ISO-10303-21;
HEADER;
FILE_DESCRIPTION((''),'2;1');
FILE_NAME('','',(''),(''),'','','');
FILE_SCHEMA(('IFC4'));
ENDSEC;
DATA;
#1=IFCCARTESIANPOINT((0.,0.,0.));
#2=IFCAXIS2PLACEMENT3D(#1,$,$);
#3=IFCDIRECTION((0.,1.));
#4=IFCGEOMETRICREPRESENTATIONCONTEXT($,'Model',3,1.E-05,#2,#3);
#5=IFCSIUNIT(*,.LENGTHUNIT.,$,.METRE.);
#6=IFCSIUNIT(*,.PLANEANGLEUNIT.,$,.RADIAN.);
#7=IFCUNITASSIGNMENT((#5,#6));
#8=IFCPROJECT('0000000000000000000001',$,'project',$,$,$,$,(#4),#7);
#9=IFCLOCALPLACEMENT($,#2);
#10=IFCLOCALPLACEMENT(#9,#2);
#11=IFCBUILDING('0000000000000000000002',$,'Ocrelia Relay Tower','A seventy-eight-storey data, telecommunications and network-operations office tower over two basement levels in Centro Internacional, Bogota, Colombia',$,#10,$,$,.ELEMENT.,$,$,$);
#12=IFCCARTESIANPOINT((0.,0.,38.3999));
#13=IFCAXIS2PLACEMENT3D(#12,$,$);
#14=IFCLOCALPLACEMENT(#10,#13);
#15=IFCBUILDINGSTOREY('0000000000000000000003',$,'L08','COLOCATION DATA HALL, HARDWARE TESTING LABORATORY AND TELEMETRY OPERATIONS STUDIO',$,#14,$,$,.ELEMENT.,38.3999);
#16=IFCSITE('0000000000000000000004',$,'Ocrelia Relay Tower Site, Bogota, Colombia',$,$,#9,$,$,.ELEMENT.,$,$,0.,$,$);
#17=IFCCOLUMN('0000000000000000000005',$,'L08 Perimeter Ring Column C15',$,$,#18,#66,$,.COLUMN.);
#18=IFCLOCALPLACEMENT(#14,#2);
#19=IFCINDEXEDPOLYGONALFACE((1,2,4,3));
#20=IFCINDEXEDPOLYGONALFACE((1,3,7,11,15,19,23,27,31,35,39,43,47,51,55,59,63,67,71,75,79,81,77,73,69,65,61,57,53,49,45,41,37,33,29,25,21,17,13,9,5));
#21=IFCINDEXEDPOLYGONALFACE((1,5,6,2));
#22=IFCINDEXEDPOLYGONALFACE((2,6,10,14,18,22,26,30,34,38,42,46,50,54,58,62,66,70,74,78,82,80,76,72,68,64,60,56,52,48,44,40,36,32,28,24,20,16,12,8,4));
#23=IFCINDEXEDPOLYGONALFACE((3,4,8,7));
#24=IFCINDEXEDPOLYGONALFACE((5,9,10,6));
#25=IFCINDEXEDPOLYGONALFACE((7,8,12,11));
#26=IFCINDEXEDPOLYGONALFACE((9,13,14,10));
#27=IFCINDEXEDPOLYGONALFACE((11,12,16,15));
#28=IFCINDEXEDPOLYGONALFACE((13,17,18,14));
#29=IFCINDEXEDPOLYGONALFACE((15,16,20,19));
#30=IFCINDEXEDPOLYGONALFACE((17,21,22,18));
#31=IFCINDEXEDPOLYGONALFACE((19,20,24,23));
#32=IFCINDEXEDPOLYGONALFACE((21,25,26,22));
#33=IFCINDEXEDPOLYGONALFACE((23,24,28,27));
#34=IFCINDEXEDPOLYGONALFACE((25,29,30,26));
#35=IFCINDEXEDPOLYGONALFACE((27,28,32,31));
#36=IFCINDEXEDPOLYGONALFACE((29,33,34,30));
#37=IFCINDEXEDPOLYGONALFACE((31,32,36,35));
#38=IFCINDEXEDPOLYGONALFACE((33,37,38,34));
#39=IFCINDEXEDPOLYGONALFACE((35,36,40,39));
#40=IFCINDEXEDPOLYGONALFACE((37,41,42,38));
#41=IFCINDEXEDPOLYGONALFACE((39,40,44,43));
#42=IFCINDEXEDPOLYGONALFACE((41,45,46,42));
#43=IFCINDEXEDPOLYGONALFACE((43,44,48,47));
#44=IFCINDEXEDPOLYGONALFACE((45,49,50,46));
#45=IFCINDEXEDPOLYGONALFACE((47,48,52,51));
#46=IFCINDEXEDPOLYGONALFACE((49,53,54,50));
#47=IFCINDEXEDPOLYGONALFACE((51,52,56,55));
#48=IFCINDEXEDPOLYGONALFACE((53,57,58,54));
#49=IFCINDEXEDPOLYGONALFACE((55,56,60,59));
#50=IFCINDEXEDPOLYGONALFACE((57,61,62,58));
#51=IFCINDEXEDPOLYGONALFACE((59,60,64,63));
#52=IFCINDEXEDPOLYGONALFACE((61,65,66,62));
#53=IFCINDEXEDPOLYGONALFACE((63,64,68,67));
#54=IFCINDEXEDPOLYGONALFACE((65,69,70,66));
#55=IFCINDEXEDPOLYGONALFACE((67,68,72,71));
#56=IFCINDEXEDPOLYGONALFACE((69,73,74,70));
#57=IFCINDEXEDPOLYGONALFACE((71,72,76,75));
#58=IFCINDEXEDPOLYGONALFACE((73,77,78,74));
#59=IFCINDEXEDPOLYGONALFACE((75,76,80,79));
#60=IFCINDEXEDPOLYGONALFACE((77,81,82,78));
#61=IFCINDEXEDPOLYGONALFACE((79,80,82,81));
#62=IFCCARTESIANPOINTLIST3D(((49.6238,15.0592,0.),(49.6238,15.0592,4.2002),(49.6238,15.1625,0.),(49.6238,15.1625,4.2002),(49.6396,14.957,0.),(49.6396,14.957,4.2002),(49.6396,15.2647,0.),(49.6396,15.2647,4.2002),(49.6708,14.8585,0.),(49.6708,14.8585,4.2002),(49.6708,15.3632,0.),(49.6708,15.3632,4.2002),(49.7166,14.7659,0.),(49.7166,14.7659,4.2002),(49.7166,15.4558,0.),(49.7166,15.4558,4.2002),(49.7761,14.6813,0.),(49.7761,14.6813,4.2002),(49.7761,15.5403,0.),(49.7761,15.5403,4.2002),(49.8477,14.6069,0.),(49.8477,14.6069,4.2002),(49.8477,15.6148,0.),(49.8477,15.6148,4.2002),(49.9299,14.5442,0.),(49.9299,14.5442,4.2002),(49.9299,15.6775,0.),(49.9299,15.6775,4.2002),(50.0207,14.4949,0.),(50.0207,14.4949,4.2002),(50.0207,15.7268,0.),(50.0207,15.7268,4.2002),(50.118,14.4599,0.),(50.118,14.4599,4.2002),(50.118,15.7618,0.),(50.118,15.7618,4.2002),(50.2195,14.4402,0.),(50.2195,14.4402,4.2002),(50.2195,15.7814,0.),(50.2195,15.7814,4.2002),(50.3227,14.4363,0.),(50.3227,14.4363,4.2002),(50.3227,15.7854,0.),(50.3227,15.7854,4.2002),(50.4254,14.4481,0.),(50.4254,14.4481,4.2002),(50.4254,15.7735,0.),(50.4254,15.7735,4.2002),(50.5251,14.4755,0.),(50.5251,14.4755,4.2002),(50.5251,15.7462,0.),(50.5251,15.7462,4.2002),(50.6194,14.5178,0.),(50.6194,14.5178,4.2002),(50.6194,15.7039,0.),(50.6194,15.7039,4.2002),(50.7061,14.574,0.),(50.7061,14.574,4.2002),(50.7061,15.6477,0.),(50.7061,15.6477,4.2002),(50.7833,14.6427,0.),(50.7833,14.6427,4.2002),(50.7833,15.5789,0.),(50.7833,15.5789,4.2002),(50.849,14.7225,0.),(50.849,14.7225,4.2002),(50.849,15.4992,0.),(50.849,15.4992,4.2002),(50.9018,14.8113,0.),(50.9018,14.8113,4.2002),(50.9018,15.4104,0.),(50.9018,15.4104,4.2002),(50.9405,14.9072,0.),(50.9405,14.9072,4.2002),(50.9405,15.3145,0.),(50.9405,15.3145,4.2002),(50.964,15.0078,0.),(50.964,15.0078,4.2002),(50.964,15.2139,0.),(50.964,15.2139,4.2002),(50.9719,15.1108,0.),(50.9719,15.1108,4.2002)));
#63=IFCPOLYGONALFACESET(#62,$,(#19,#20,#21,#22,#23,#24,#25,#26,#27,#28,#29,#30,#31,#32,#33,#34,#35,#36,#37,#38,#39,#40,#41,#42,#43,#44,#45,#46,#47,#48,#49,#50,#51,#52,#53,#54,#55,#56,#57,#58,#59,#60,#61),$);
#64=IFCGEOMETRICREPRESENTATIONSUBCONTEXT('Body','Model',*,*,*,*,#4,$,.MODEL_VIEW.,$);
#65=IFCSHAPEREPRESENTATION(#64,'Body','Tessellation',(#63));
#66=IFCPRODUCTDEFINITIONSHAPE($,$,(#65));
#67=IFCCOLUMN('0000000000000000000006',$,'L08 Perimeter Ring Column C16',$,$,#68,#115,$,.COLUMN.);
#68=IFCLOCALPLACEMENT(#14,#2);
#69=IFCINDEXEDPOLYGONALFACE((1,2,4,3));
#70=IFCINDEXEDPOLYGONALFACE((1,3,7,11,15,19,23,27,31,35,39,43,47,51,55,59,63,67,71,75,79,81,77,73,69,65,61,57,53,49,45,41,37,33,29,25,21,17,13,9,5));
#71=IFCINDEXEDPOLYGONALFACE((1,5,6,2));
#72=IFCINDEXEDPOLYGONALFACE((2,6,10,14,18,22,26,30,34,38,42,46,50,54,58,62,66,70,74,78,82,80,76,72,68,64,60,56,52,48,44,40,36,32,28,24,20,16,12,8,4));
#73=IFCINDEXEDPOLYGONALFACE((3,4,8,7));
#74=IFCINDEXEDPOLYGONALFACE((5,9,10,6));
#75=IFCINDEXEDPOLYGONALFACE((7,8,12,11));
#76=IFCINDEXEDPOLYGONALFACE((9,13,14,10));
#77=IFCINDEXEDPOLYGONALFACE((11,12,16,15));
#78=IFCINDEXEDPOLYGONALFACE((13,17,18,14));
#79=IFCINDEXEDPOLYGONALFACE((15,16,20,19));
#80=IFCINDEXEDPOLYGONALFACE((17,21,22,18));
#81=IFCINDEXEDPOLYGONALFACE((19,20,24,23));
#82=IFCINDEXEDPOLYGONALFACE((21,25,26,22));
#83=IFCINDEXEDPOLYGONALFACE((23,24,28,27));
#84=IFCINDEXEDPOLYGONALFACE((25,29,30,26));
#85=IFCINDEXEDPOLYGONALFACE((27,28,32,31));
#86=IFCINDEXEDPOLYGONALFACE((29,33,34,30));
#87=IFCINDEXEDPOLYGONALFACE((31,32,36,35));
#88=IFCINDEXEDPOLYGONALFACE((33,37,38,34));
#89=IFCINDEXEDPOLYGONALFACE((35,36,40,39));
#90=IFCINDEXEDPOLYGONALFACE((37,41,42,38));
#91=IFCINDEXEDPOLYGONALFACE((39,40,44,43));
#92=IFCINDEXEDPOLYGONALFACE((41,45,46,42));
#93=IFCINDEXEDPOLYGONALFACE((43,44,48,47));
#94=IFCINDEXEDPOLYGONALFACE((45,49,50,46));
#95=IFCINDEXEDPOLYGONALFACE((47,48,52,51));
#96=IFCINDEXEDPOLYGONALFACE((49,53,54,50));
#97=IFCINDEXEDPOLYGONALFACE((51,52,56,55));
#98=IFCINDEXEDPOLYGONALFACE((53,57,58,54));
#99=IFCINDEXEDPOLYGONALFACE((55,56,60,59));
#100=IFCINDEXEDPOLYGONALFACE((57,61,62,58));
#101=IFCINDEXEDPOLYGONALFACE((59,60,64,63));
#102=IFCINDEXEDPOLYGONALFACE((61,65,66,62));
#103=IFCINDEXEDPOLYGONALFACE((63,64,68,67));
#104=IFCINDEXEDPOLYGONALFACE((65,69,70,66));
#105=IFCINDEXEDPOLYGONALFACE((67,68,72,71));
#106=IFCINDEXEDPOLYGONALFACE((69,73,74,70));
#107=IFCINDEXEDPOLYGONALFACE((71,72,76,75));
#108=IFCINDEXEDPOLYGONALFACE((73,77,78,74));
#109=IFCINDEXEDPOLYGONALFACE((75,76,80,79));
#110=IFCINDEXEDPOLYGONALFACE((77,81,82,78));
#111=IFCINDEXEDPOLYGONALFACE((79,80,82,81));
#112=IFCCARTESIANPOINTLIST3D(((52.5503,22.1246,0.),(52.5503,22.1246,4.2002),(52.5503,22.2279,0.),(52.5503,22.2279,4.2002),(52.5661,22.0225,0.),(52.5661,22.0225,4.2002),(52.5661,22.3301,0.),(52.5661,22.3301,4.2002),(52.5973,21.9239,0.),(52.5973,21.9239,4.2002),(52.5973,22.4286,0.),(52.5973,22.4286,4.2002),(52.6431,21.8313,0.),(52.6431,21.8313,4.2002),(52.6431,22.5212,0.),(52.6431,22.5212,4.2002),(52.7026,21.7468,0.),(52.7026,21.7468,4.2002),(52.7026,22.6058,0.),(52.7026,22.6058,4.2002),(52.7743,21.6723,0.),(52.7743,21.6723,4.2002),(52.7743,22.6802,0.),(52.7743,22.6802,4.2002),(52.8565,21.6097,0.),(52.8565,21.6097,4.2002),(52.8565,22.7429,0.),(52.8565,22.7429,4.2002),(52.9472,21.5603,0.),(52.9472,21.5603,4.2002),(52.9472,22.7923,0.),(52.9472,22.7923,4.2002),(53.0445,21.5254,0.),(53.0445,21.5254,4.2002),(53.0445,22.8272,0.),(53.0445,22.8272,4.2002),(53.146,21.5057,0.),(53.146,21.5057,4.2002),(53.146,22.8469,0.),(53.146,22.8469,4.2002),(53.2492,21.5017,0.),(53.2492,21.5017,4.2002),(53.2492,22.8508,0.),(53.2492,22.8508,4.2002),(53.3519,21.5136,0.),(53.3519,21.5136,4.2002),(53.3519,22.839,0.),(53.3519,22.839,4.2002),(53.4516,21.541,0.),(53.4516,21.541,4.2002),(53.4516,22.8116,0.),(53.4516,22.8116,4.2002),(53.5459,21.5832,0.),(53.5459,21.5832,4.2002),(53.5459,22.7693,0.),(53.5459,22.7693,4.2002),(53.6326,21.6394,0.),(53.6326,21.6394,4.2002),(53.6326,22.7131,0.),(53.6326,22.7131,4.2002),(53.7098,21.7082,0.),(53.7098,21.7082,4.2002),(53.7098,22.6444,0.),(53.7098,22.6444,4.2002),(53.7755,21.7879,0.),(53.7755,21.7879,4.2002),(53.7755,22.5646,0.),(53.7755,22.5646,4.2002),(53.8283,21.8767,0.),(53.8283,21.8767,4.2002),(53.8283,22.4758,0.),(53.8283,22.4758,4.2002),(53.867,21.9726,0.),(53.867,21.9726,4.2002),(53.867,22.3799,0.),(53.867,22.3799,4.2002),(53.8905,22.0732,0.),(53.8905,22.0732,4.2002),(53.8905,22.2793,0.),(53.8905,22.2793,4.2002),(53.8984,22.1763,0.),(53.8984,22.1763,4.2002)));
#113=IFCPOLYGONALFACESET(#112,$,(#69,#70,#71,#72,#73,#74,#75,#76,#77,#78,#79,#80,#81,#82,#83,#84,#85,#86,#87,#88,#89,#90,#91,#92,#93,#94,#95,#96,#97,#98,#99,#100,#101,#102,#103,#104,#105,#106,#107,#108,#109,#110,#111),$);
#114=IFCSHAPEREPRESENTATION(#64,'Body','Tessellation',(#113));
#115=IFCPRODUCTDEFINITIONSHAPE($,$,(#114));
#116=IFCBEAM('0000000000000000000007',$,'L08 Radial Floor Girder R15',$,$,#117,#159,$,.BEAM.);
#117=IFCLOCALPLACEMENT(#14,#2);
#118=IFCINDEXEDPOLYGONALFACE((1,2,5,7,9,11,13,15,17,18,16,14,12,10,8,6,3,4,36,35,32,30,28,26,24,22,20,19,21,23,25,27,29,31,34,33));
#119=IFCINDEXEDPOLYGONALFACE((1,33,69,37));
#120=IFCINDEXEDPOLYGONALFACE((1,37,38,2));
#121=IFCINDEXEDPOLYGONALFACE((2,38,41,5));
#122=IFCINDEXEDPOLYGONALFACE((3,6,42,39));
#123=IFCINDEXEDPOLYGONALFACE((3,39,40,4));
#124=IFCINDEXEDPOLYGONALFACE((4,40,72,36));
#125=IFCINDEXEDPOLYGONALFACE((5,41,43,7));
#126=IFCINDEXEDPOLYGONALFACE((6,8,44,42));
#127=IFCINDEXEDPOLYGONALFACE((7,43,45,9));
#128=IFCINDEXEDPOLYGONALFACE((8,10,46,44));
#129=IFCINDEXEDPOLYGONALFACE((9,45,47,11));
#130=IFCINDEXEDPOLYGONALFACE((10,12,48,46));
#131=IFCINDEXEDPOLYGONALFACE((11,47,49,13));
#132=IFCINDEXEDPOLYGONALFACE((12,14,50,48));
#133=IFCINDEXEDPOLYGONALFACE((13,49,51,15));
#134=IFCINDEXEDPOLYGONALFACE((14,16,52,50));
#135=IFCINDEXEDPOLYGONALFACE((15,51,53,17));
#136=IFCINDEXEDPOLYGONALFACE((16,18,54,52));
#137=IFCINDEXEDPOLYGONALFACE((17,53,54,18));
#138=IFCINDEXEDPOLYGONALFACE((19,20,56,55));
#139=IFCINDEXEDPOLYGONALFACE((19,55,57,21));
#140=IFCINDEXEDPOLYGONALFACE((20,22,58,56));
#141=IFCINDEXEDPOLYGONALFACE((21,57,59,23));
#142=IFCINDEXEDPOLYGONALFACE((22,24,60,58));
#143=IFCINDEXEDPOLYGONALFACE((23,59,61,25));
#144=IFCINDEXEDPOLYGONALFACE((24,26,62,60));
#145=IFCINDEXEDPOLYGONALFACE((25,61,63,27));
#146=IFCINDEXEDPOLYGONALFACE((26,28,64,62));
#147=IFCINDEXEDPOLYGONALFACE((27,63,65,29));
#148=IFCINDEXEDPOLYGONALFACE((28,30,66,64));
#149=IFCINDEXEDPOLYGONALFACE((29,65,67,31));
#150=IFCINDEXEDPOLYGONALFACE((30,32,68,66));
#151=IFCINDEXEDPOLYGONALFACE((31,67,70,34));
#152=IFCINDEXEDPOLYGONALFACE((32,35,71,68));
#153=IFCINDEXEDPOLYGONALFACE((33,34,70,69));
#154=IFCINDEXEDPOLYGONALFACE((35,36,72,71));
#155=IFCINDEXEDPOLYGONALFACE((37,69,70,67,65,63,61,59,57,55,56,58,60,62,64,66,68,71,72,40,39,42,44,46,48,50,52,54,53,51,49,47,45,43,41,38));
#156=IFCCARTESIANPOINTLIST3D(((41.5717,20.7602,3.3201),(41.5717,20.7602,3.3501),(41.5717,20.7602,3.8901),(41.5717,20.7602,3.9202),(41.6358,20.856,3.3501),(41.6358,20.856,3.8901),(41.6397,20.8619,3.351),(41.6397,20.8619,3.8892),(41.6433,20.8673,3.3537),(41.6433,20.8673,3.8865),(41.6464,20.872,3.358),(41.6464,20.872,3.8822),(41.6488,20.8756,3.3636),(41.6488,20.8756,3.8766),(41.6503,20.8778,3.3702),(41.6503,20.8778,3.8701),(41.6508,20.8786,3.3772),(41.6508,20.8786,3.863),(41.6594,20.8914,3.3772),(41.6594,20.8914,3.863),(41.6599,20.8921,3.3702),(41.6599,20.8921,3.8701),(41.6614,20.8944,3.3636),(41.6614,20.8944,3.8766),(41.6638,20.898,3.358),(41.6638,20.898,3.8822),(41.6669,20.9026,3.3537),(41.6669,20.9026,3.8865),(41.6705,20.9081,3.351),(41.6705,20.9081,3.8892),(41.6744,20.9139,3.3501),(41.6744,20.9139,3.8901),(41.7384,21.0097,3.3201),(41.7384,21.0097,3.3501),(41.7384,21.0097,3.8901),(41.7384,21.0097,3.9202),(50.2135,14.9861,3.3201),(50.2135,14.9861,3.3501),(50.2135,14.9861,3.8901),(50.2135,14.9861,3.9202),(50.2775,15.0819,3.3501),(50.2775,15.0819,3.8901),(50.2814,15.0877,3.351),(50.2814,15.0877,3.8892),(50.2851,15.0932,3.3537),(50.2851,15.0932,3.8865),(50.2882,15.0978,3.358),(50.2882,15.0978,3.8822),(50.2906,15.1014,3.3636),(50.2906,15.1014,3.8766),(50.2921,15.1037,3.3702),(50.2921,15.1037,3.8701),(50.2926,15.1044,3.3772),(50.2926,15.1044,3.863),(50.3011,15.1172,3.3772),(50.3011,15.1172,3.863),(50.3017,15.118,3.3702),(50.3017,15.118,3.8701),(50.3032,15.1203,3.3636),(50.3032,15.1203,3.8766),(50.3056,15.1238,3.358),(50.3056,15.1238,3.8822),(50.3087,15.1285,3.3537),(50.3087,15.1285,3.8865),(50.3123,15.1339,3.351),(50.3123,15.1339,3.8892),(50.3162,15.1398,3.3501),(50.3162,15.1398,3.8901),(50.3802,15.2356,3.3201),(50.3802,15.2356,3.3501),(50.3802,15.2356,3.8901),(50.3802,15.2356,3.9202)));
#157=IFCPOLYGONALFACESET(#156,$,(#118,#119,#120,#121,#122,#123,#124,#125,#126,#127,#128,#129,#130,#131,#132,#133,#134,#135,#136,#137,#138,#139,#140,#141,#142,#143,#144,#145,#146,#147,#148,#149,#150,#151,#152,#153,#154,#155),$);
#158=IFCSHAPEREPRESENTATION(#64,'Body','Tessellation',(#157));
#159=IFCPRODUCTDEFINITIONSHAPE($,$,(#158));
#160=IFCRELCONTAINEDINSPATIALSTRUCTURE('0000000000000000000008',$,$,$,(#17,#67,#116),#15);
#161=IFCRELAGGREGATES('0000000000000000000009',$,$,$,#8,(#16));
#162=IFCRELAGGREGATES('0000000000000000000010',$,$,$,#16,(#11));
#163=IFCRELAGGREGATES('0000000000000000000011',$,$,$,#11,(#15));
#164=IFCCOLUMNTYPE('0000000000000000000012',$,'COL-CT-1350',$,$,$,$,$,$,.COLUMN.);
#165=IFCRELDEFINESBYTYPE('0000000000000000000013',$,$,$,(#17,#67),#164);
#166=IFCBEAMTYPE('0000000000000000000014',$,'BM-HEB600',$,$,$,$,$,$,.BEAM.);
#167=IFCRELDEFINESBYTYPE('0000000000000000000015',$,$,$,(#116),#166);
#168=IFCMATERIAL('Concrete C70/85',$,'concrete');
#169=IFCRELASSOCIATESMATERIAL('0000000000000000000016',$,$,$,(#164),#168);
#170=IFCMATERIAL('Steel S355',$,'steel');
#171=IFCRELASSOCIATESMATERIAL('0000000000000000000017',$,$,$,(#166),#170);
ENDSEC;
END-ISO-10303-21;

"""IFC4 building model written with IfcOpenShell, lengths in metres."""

from ifc_helpers import new_model, si_unit, direction, frame, origin, origin_2d, place, context, subcontext, project, spatial, circle, i_section, extrude, material, material_profile, profile_set, type_object, element, save


model = new_model("IFC4")

# Units and contexts
model_context = context("Model", 3, precision=1e-05, world=origin(), true_north=direction((0.0, 1.0)))
body_context = subcontext(model_context, "Body", "Model", "MODEL_VIEW")
ifc_project = project(units=[si_unit("LENGTHUNIT", "METRE"), si_unit("PLANEANGLEUNIT", "RADIAN")], contexts=[model_context])

# Site, building, storey
site_placement = place(None, origin())
site = spatial("IfcSite", under=ifc_project, at=site_placement, Name="Ocrelia Relay Tower Site, Bogota, Colombia", CompositionType="ELEMENT", RefElevation=0.0)
building_placement = place(site_placement, origin())
building = spatial("IfcBuilding", under=site, at=building_placement, Name="Ocrelia Relay Tower", Description="A seventy-eight-storey data, telecommunications and network-operations office tower over two basement levels in Centro Internacional, Bogota, Colombia", CompositionType="ELEMENT")
storey_placement = place(building_placement, frame((0.0, 0.0, 38.3999)))
storey = spatial("IfcBuildingStorey", under=building, at=storey_placement, Name="L08", Description="COLOCATION DATA HALL, HARDWARE TESTING LABORATORY AND TELEMETRY OPERATIONS STUDIO", CompositionType="ELEMENT", Elevation=38.3999)

# Columns
ifc_material_1 = material(Name="Concrete C70/85", Category="concrete")
ifc_material_profile_1 = material_profile(ifc_material_1, circle(Radius=0.675, at=origin_2d()), Name="RC-CIR-1350")
ifc_profile_set_1 = profile_set([ifc_material_profile_1], Name="Concrete C70/85")
column_type = type_object("IfcColumnType", Name="COL-CT-1350", PredefinedType="COLUMN", material=ifc_profile_set_1)
for number, where, z_axis, x_axis, name in (
    (1, (50.2969, 15.1108, 0.0), (0.0, 0.0, 1.0), (1.0, 0.0, 0.0), "L08 Perimeter Ring Column C15"),
    (2, (53.2234, 22.1763, 0.0), (0.0, 0.0, 1.0), (1.0, 0.0, 0.0), "L08 Perimeter Ring Column C16"),
):
    element("IfcColumn", number, at=place(storey_placement, frame(where, z_axis=z_axis, x_axis=x_axis)), inside=storey, type_object=column_type, Name=name, PredefinedType="COLUMN", context=body_context, shape_type="SweptSolid", body=[
        extrude(circle(Radius=0.675, at=origin_2d()), origin(), (0.0, 0.0, 1.0), 4.2002),
    ])

# Beam
ifc_material_2 = material(Name="Steel S355", Category="steel")
ifc_material_profile_2 = material_profile(ifc_material_2, i_section(OverallWidth=0.3, OverallDepth=0.6001, WebThickness=0.0154, FlangeThickness=0.03, FilletRadius=0.0271, at=origin_2d()), Name="HEB 600")
ifc_profile_set_2 = profile_set([ifc_material_profile_2], Name="Steel S355")
beam_type_1 = type_object("IfcBeamType", Name="BM-HEB600", PredefinedType="BEAM", material=ifc_profile_set_2)
beam_1_placement = place(storey_placement, frame((50.2969, 15.1108, 3.6201), z_axis=(-0.831475, 0.555562, 0.0), x_axis=(-0.555562, -0.831475, 0.0)))
element("IfcBeam", 3, at=beam_1_placement, inside=storey, type_object=beam_type_1, Name="L08 Radial Floor Girder R15", PredefinedType="BEAM", context=body_context, shape_type="SweptSolid", body=[
    extrude(i_section(OverallWidth=0.3, OverallDepth=0.6001, WebThickness=0.0154, FlangeThickness=0.03, FilletRadius=0.0271, at=origin_2d()), origin(), (0.0, 0.0, 1.0), 10.3933),
])

save(model, "model.ifc")
